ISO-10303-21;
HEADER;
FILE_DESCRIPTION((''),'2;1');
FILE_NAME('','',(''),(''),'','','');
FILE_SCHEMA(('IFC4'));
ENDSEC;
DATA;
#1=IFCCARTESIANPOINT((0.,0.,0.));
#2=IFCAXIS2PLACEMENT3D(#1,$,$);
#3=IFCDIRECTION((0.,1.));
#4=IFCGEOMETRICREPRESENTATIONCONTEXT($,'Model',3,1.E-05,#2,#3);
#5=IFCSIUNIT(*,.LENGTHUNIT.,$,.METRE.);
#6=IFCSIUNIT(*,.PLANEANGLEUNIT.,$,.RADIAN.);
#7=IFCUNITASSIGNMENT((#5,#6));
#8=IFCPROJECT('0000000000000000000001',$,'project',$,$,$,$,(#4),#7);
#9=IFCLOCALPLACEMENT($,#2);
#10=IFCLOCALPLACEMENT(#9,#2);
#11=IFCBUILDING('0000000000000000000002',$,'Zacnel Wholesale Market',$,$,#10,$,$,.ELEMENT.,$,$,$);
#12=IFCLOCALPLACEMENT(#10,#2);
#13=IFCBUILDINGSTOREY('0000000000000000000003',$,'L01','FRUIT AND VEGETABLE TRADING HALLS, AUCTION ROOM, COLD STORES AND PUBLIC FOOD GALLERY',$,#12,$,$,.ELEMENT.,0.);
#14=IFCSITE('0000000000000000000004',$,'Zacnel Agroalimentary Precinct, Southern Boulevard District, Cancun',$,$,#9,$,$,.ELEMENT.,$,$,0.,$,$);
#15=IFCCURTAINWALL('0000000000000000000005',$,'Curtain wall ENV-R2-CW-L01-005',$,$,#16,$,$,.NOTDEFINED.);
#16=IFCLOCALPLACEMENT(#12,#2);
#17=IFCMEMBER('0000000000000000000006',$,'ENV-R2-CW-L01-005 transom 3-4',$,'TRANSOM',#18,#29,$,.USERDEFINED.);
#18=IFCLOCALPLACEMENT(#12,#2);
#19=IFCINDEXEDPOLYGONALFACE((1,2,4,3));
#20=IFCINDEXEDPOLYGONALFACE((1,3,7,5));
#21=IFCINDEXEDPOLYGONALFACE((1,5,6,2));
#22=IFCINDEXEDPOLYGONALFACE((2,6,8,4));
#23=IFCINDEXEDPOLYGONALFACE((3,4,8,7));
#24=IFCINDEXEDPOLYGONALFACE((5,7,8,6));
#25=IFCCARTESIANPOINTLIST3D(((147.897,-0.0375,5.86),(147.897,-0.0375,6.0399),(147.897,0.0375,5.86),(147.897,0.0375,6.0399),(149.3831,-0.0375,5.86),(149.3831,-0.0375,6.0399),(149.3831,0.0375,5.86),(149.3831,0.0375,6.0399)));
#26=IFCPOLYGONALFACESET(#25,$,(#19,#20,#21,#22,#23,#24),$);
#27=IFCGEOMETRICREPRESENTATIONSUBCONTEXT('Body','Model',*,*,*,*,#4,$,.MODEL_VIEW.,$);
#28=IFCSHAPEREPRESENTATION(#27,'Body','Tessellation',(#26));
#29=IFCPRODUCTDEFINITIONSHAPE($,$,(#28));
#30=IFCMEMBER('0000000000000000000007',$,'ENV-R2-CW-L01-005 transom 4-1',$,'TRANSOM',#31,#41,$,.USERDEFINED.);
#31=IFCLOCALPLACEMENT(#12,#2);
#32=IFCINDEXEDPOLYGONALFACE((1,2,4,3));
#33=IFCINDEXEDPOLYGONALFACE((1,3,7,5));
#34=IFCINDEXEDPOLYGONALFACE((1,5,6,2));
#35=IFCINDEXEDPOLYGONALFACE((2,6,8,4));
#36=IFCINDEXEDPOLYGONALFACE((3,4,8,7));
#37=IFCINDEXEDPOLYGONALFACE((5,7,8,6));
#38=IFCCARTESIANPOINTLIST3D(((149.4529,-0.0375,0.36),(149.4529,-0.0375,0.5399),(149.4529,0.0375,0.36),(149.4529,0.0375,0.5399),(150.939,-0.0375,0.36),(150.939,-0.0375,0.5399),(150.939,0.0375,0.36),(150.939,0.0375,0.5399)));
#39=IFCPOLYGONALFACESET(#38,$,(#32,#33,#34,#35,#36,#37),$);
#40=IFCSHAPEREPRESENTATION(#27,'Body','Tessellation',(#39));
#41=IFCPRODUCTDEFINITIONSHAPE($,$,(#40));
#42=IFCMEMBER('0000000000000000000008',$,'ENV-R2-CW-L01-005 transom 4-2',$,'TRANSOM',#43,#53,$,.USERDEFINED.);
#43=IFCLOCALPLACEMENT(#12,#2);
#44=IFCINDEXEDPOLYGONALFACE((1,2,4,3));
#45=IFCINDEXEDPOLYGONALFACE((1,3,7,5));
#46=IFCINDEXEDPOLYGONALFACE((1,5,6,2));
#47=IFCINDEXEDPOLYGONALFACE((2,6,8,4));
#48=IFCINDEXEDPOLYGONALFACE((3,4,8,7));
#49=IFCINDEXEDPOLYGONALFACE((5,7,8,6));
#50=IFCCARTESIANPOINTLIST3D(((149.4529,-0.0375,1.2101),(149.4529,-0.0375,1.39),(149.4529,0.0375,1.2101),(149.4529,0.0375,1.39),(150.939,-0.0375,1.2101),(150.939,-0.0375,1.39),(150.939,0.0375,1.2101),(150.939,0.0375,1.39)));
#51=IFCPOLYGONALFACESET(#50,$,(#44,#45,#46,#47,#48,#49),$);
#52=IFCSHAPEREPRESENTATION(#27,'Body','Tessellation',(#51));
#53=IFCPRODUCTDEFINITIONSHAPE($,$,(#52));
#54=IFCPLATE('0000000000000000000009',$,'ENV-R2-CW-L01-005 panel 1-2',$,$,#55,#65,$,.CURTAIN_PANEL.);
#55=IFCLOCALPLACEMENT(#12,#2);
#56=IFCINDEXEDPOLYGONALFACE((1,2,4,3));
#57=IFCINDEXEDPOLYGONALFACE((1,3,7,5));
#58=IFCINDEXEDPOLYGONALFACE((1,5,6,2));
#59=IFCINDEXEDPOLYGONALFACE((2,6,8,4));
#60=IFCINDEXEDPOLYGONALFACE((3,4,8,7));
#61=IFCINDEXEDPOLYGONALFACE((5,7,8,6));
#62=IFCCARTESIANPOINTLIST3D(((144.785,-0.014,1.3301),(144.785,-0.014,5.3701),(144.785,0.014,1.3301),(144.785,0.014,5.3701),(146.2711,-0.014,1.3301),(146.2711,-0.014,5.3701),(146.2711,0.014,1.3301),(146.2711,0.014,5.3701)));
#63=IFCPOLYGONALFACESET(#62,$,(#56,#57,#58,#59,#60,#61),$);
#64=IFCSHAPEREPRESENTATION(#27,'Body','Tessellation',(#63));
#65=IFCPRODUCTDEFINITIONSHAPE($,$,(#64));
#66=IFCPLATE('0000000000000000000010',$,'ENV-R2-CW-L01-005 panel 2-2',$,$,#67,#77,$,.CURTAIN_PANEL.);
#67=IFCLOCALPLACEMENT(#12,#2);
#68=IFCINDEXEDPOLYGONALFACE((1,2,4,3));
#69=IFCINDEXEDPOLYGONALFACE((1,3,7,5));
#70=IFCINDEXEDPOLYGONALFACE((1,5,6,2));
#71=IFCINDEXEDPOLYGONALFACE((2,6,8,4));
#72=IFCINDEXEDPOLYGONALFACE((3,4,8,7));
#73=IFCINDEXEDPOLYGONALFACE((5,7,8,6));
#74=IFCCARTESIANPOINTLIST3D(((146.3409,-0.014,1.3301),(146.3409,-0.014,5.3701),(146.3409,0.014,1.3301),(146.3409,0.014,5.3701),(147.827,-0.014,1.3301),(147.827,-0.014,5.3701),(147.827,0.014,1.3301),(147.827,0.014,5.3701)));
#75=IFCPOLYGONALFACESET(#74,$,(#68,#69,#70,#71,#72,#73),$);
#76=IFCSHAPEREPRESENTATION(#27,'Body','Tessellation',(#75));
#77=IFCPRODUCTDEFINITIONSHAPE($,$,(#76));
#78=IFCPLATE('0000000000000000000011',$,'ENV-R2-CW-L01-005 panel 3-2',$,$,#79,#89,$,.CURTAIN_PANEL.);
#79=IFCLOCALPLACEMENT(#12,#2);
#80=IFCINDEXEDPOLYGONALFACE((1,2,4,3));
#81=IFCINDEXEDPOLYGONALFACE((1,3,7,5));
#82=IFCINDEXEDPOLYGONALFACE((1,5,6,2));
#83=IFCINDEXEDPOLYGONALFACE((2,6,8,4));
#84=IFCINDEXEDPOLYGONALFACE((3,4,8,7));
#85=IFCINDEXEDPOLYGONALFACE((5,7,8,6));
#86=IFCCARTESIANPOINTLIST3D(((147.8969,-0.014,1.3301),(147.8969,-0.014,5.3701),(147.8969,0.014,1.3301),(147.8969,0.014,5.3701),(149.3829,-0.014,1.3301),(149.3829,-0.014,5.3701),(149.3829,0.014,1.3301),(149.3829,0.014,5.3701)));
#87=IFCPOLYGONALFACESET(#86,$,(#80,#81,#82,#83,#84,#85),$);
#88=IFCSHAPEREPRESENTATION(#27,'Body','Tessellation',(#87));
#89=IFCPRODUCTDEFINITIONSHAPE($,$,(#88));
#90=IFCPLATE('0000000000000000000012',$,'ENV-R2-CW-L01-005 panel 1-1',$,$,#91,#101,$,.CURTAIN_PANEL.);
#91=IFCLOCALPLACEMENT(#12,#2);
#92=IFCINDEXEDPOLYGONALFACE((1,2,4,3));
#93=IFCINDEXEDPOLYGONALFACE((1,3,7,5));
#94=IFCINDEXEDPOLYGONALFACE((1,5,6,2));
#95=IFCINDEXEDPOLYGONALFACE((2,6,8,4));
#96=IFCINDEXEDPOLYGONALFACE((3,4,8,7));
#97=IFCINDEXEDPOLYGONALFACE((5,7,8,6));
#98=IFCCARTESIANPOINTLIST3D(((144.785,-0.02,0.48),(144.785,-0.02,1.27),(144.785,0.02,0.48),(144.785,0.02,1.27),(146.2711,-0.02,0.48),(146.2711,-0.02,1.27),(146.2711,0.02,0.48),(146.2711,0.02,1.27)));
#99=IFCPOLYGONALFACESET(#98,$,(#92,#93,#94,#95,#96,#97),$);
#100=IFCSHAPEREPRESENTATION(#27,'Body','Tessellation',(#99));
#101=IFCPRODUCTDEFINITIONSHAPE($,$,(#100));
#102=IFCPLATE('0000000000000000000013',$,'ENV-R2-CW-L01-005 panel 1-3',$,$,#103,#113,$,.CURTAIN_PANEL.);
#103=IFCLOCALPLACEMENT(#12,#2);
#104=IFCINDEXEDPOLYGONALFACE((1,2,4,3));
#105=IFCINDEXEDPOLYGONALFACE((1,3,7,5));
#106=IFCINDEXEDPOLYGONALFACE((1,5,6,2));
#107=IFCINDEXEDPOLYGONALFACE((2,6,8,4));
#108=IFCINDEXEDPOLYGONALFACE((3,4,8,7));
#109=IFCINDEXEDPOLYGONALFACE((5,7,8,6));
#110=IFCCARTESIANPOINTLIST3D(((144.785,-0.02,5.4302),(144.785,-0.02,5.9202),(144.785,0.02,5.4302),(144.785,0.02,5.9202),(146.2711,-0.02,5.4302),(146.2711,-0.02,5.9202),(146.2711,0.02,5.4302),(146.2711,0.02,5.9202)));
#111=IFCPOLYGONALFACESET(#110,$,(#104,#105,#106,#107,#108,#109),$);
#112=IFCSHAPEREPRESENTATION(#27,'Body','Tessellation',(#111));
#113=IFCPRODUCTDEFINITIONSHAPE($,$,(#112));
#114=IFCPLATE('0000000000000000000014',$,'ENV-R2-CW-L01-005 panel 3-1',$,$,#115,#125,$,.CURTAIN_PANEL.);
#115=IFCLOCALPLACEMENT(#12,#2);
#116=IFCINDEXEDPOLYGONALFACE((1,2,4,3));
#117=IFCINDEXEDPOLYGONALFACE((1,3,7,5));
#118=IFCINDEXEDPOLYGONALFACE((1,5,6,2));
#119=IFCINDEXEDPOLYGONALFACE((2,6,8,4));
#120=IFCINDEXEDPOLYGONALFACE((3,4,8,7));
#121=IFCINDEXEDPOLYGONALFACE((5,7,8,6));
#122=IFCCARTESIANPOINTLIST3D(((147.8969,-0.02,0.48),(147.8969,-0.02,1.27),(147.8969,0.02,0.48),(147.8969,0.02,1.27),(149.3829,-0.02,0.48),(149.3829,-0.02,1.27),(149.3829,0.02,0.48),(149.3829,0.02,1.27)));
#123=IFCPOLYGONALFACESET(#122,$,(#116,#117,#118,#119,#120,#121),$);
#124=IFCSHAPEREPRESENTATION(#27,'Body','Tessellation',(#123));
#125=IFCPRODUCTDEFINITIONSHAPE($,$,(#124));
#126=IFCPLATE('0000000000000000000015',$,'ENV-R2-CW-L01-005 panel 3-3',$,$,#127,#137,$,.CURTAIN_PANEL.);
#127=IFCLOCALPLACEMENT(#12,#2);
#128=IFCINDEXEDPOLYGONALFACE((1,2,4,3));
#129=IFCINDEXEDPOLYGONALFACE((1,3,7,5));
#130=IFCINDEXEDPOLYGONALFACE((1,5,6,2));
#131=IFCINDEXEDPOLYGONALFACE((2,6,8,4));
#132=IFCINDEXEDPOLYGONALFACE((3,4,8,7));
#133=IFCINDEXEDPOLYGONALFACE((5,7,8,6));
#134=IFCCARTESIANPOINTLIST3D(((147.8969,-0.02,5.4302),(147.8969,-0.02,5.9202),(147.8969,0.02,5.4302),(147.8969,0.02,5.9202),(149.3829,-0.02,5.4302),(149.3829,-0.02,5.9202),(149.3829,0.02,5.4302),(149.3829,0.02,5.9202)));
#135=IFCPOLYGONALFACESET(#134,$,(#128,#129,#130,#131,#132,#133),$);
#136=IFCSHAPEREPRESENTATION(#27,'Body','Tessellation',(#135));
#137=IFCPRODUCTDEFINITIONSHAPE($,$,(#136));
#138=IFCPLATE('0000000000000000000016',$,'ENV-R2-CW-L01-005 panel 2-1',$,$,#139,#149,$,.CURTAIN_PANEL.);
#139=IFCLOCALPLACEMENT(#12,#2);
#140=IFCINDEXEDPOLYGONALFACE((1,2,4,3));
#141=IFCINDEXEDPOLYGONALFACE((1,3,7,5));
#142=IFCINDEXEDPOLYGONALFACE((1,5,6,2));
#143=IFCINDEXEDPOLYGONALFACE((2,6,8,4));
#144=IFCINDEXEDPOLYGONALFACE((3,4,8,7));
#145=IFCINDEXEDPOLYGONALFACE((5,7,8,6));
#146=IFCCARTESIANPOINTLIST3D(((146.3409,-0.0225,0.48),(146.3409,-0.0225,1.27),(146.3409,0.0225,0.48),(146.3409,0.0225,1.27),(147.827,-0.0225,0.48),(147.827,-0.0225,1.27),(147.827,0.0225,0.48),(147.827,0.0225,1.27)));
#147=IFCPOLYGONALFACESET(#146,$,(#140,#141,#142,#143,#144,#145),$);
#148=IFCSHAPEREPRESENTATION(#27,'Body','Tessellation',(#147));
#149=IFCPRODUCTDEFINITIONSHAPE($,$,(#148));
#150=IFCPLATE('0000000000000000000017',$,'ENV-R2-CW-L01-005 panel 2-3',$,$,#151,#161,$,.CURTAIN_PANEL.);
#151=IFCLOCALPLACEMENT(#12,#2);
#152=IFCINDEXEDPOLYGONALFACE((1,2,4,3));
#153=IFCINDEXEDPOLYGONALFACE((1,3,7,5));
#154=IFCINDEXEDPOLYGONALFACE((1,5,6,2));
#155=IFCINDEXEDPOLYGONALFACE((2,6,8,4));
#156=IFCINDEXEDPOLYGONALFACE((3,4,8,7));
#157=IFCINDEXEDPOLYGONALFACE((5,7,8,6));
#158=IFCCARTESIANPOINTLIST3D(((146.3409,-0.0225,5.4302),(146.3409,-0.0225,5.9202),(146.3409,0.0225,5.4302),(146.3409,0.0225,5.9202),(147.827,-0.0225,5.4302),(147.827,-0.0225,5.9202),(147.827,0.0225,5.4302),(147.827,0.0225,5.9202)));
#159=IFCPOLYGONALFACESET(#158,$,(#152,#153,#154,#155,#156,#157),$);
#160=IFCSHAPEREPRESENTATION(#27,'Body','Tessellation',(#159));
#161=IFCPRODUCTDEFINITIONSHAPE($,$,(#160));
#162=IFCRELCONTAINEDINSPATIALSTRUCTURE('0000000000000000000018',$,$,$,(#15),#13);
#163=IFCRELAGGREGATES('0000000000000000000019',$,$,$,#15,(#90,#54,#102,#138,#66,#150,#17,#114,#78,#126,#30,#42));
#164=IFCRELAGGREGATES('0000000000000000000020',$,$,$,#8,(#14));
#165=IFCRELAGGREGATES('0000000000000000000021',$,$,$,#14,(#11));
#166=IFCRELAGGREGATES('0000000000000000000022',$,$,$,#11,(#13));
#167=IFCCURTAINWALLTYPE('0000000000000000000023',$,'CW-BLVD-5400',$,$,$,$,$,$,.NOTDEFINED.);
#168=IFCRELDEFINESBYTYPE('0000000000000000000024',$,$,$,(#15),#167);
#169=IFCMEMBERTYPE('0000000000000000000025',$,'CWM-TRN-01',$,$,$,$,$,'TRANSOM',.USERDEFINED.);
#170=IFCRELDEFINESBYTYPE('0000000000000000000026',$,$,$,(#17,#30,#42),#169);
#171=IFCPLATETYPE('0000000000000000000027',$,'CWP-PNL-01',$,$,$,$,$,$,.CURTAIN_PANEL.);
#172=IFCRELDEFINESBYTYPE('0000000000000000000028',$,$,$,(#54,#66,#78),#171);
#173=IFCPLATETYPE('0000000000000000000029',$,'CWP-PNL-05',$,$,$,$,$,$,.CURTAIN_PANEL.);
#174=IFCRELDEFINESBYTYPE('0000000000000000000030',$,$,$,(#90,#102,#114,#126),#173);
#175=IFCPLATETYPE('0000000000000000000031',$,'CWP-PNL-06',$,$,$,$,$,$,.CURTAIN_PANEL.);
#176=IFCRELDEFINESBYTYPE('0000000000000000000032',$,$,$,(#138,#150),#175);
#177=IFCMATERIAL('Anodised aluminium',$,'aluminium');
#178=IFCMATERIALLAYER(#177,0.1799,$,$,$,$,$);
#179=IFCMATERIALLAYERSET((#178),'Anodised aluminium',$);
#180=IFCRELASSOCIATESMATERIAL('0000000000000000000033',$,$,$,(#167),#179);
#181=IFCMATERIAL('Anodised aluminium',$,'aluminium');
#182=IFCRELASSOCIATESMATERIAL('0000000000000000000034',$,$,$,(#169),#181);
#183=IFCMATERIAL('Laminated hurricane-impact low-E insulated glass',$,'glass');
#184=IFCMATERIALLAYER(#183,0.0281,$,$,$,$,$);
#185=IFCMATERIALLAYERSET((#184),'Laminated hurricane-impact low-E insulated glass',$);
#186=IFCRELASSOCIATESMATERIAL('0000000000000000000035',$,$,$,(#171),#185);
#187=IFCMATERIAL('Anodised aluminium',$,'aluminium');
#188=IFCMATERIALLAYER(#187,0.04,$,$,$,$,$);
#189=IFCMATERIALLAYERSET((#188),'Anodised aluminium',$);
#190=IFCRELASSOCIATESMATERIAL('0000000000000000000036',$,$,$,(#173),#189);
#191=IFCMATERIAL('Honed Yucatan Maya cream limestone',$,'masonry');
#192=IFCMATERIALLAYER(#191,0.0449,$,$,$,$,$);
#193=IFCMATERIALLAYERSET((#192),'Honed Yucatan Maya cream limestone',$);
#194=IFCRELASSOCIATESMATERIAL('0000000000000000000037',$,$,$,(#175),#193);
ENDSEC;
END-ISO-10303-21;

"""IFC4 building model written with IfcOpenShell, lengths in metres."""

from ifc_helpers import new_model, si_unit, direction, frame, origin, origin_2d, place, context, subcontext, project, spatial, rectangle, extrude, material, layer, layer_set, material_profile, profile_set, type_object, element, aggregate, save


model = new_model("IFC4")

# Units and contexts
model_context = context("Model", 3, precision=1e-05, world=origin(), true_north=direction((0.0, 1.0)))
body_context = subcontext(model_context, "Body", "Model", "MODEL_VIEW")
ifc_project = project(units=[si_unit("LENGTHUNIT", "METRE"), si_unit("PLANEANGLEUNIT", "RADIAN")], contexts=[model_context])

# Site, building, storey
site_placement = place(None, origin())
site = spatial("IfcSite", under=ifc_project, at=site_placement, Name="Zacnel Agroalimentary Precinct, Southern Boulevard District, Cancun", CompositionType="ELEMENT", RefElevation=0.0)
building_placement = place(site_placement, origin())
building = spatial("IfcBuilding", under=site, at=building_placement, Name="Zacnel Wholesale Market", CompositionType="ELEMENT")
storey_placement = place(building_placement, origin())
storey = spatial("IfcBuildingStorey", under=building, at=storey_placement, Name="L01", Description="FRUIT AND VEGETABLE TRADING HALLS, AUCTION ROOM, COLD STORES AND PUBLIC FOOD GALLERY", CompositionType="ELEMENT", Elevation=0.0)

# Curtain wall, members, plates
ifc_material_1 = material(Name="Anodised aluminium", Category="aluminium")
ifc_layer_1 = layer(ifc_material_1, 0.1799)
ifc_layer_set_1 = layer_set([ifc_layer_1], Name="Anodised aluminium")
curtain_wall_type = type_object("IfcCurtainWallType", Name="CW-BLVD-5400", PredefinedType="NOTDEFINED", material=ifc_layer_set_1)
curtain_wall_placement = place(storey_placement, origin())
curtain_wall = element("IfcCurtainWall", 1, at=curtain_wall_placement, inside=storey, type_object=curtain_wall_type, Name="Curtain wall ENV-R2-CW-L01-005", PredefinedType="NOTDEFINED")
ifc_material_2 = material(Name="Anodised aluminium", Category="aluminium")
ifc_material_profile_1 = material_profile(ifc_material_2, rectangle(XDim=0.075, YDim=0.1799, at=origin_2d()), Name="AW-TRANSOM 75x180")
ifc_profile_set_1 = profile_set([ifc_material_profile_1], Name="Anodised aluminium")
member_type_1 = type_object("IfcMemberType", Name="CWM-TRN-01", ElementType="TRANSOM", PredefinedType="USERDEFINED", material=ifc_profile_set_1)
member_1_placement = place(storey_placement, frame((147.897, 0.0, 5.95), z_axis=(1.0, 0.0, 0.0), x_axis=(0.0, 1.0, 0.0)))
member_1 = element("IfcMember", 2, at=member_1_placement, type_object=member_type_1, Name="ENV-R2-CW-L01-005 transom 3-4", ObjectType="TRANSOM", PredefinedType="USERDEFINED", context=body_context, shape_type="SweptSolid", body=[
    extrude(rectangle(XDim=0.075, YDim=0.1799, at=origin_2d()), origin(), (0.0, 0.0, 1.0), 1.4861),
])
member_2_placement = place(storey_placement, frame((149.4529, 0.0, 0.45), z_axis=(1.0, 0.0, 0.0), x_axis=(0.0, 1.0, 0.0)))
member_2 = element("IfcMember", 3, at=member_2_placement, type_object=member_type_1, Name="ENV-R2-CW-L01-005 transom 4-1", ObjectType="TRANSOM", PredefinedType="USERDEFINED", context=body_context, shape_type="SweptSolid", body=[
    extrude(rectangle(XDim=0.075, YDim=0.1799, at=origin_2d()), origin(), (0.0, 0.0, 1.0), 1.4861),
])
member_3_placement = place(storey_placement, frame((149.4529, 0.0, 1.3), z_axis=(1.0, 0.0, 0.0), x_axis=(0.0, 1.0, 0.0)))
member_3 = element("IfcMember", 4, at=member_3_placement, type_object=member_type_1, Name="ENV-R2-CW-L01-005 transom 4-2", ObjectType="TRANSOM", PredefinedType="USERDEFINED", context=body_context, shape_type="SweptSolid", body=[
    extrude(rectangle(XDim=0.075, YDim=0.1799, at=origin_2d()), origin(), (0.0, 0.0, 1.0), 1.4861),
])
ifc_material_3 = material(Name="Laminated hurricane-impact low-E insulated glass", Category="glass")
ifc_layer_2 = layer(ifc_material_3, 0.0281)
ifc_layer_set_2 = layer_set([ifc_layer_2], Name="Laminated hurricane-impact low-E insulated glass")
plate_type_1 = type_object("IfcPlateType", Name="CWP-PNL-01", PredefinedType="CURTAIN_PANEL", material=ifc_layer_set_2)
plate_1_placement = place(storey_placement, frame((145.5281, 0.0, 1.3301), z_axis=(0.0, 0.0, 1.0), x_axis=(1.0, 0.0, 0.0)))
plate_1 = element("IfcPlate", 5, at=plate_1_placement, type_object=plate_type_1, Name="ENV-R2-CW-L01-005 panel 1-2", PredefinedType="CURTAIN_PANEL", context=body_context, shape_type="SweptSolid", body=[
    extrude(rectangle(XDim=1.4861, YDim=0.0281, at=origin_2d()), origin(), (0.0, 0.0, 1.0), 4.04),
])
plate_2_placement = place(storey_placement, frame((147.084, 0.0, 1.3301), z_axis=(0.0, 0.0, 1.0), x_axis=(1.0, 0.0, 0.0)))
plate_2 = element("IfcPlate", 6, at=plate_2_placement, type_object=plate_type_1, Name="ENV-R2-CW-L01-005 panel 2-2", PredefinedType="CURTAIN_PANEL", context=body_context, shape_type="SweptSolid", body=[
    extrude(rectangle(XDim=1.4861, YDim=0.0281, at=origin_2d()), origin(), (0.0, 0.0, 1.0), 4.04),
])
plate_3_placement = place(storey_placement, frame((148.6399, 0.0, 1.3301), z_axis=(0.0, 0.0, 1.0), x_axis=(1.0, 0.0, 0.0)))
plate_3 = element("IfcPlate", 7, at=plate_3_placement, type_object=plate_type_1, Name="ENV-R2-CW-L01-005 panel 3-2", PredefinedType="CURTAIN_PANEL", context=body_context, shape_type="SweptSolid", body=[
    extrude(rectangle(XDim=1.4861, YDim=0.0281, at=origin_2d()), origin(), (0.0, 0.0, 1.0), 4.04),
])
ifc_material_4 = material(Name="Anodised aluminium", Category="aluminium")
ifc_layer_3 = layer(ifc_material_4, 0.04)
ifc_layer_set_3 = layer_set([ifc_layer_3], Name="Anodised aluminium")
plate_type_2 = type_object("IfcPlateType", Name="CWP-PNL-05", PredefinedType="CURTAIN_PANEL", material=ifc_layer_set_3)
plate_4_placement = place(storey_placement, frame((145.5281, 0.0, 0.48), z_axis=(0.0, 0.0, 1.0), x_axis=(1.0, 0.0, 0.0)))
plate_4 = element("IfcPlate", 8, at=plate_4_placement, type_object=plate_type_2, Name="ENV-R2-CW-L01-005 panel 1-1", PredefinedType="CURTAIN_PANEL", context=body_context, shape_type="SweptSolid", body=[
    extrude(rectangle(XDim=1.4861, YDim=0.04, at=origin_2d()), origin(), (0.0, 0.0, 1.0), 0.79),
])
plate_5_placement = place(storey_placement, frame((145.5281, 0.0, 5.4302), z_axis=(0.0, 0.0, 1.0), x_axis=(1.0, 0.0, 0.0)))
plate_5 = element("IfcPlate", 9, at=plate_5_placement, type_object=plate_type_2, Name="ENV-R2-CW-L01-005 panel 1-3", PredefinedType="CURTAIN_PANEL", context=body_context, shape_type="SweptSolid", body=[
    extrude(rectangle(XDim=1.4861, YDim=0.04, at=origin_2d()), origin(), (0.0, 0.0, 1.0), 0.49),
])
plate_6_placement = place(storey_placement, frame((148.6399, 0.0, 0.48), z_axis=(0.0, 0.0, 1.0), x_axis=(1.0, 0.0, 0.0)))
plate_6 = element("IfcPlate", 10, at=plate_6_placement, type_object=plate_type_2, Name="ENV-R2-CW-L01-005 panel 3-1", PredefinedType="CURTAIN_PANEL", context=body_context, shape_type="SweptSolid", body=[
    extrude(rectangle(XDim=1.4861, YDim=0.04, at=origin_2d()), origin(), (0.0, 0.0, 1.0), 0.79),
])
plate_7_placement = place(storey_placement, frame((148.6399, 0.0, 5.4302), z_axis=(0.0, 0.0, 1.0), x_axis=(1.0, 0.0, 0.0)))
plate_7 = element("IfcPlate", 11, at=plate_7_placement, type_object=plate_type_2, Name="ENV-R2-CW-L01-005 panel 3-3", PredefinedType="CURTAIN_PANEL", context=body_context, shape_type="SweptSolid", body=[
    extrude(rectangle(XDim=1.4861, YDim=0.04, at=origin_2d()), origin(), (0.0, 0.0, 1.0), 0.49),
])
ifc_material_5 = material(Name="Honed Yucatan Maya cream limestone", Category="masonry")
ifc_layer_4 = layer(ifc_material_5, 0.0449)
ifc_layer_set_4 = layer_set([ifc_layer_4], Name="Honed Yucatan Maya cream limestone")
plate_type_3 = type_object("IfcPlateType", Name="CWP-PNL-06", PredefinedType="CURTAIN_PANEL", material=ifc_layer_set_4)
plate_8_placement = place(storey_placement, frame((147.084, 0.0, 0.48), z_axis=(0.0, 0.0, 1.0), x_axis=(1.0, 0.0, 0.0)))
plate_8 = element("IfcPlate", 12, at=plate_8_placement, type_object=plate_type_3, Name="ENV-R2-CW-L01-005 panel 2-1", PredefinedType="CURTAIN_PANEL", context=body_context, shape_type="SweptSolid", body=[
    extrude(rectangle(XDim=1.4861, YDim=0.0449, at=origin_2d()), origin(), (0.0, 0.0, 1.0), 0.79),
])
plate_9_placement = place(storey_placement, frame((147.084, 0.0, 5.4302), z_axis=(0.0, 0.0, 1.0), x_axis=(1.0, 0.0, 0.0)))
plate_9 = element("IfcPlate", 13, at=plate_9_placement, type_object=plate_type_3, Name="ENV-R2-CW-L01-005 panel 2-3", PredefinedType="CURTAIN_PANEL", context=body_context, shape_type="SweptSolid", body=[
    extrude(rectangle(XDim=1.4861, YDim=0.0449, at=origin_2d()), origin(), (0.0, 0.0, 1.0), 0.49),
])
aggregate(curtain_wall, [plate_4, plate_1, plate_5, plate_8, plate_2, plate_9, member_1, plate_6, plate_3, plate_7, member_2, member_3])

save(model, "model.ifc")
